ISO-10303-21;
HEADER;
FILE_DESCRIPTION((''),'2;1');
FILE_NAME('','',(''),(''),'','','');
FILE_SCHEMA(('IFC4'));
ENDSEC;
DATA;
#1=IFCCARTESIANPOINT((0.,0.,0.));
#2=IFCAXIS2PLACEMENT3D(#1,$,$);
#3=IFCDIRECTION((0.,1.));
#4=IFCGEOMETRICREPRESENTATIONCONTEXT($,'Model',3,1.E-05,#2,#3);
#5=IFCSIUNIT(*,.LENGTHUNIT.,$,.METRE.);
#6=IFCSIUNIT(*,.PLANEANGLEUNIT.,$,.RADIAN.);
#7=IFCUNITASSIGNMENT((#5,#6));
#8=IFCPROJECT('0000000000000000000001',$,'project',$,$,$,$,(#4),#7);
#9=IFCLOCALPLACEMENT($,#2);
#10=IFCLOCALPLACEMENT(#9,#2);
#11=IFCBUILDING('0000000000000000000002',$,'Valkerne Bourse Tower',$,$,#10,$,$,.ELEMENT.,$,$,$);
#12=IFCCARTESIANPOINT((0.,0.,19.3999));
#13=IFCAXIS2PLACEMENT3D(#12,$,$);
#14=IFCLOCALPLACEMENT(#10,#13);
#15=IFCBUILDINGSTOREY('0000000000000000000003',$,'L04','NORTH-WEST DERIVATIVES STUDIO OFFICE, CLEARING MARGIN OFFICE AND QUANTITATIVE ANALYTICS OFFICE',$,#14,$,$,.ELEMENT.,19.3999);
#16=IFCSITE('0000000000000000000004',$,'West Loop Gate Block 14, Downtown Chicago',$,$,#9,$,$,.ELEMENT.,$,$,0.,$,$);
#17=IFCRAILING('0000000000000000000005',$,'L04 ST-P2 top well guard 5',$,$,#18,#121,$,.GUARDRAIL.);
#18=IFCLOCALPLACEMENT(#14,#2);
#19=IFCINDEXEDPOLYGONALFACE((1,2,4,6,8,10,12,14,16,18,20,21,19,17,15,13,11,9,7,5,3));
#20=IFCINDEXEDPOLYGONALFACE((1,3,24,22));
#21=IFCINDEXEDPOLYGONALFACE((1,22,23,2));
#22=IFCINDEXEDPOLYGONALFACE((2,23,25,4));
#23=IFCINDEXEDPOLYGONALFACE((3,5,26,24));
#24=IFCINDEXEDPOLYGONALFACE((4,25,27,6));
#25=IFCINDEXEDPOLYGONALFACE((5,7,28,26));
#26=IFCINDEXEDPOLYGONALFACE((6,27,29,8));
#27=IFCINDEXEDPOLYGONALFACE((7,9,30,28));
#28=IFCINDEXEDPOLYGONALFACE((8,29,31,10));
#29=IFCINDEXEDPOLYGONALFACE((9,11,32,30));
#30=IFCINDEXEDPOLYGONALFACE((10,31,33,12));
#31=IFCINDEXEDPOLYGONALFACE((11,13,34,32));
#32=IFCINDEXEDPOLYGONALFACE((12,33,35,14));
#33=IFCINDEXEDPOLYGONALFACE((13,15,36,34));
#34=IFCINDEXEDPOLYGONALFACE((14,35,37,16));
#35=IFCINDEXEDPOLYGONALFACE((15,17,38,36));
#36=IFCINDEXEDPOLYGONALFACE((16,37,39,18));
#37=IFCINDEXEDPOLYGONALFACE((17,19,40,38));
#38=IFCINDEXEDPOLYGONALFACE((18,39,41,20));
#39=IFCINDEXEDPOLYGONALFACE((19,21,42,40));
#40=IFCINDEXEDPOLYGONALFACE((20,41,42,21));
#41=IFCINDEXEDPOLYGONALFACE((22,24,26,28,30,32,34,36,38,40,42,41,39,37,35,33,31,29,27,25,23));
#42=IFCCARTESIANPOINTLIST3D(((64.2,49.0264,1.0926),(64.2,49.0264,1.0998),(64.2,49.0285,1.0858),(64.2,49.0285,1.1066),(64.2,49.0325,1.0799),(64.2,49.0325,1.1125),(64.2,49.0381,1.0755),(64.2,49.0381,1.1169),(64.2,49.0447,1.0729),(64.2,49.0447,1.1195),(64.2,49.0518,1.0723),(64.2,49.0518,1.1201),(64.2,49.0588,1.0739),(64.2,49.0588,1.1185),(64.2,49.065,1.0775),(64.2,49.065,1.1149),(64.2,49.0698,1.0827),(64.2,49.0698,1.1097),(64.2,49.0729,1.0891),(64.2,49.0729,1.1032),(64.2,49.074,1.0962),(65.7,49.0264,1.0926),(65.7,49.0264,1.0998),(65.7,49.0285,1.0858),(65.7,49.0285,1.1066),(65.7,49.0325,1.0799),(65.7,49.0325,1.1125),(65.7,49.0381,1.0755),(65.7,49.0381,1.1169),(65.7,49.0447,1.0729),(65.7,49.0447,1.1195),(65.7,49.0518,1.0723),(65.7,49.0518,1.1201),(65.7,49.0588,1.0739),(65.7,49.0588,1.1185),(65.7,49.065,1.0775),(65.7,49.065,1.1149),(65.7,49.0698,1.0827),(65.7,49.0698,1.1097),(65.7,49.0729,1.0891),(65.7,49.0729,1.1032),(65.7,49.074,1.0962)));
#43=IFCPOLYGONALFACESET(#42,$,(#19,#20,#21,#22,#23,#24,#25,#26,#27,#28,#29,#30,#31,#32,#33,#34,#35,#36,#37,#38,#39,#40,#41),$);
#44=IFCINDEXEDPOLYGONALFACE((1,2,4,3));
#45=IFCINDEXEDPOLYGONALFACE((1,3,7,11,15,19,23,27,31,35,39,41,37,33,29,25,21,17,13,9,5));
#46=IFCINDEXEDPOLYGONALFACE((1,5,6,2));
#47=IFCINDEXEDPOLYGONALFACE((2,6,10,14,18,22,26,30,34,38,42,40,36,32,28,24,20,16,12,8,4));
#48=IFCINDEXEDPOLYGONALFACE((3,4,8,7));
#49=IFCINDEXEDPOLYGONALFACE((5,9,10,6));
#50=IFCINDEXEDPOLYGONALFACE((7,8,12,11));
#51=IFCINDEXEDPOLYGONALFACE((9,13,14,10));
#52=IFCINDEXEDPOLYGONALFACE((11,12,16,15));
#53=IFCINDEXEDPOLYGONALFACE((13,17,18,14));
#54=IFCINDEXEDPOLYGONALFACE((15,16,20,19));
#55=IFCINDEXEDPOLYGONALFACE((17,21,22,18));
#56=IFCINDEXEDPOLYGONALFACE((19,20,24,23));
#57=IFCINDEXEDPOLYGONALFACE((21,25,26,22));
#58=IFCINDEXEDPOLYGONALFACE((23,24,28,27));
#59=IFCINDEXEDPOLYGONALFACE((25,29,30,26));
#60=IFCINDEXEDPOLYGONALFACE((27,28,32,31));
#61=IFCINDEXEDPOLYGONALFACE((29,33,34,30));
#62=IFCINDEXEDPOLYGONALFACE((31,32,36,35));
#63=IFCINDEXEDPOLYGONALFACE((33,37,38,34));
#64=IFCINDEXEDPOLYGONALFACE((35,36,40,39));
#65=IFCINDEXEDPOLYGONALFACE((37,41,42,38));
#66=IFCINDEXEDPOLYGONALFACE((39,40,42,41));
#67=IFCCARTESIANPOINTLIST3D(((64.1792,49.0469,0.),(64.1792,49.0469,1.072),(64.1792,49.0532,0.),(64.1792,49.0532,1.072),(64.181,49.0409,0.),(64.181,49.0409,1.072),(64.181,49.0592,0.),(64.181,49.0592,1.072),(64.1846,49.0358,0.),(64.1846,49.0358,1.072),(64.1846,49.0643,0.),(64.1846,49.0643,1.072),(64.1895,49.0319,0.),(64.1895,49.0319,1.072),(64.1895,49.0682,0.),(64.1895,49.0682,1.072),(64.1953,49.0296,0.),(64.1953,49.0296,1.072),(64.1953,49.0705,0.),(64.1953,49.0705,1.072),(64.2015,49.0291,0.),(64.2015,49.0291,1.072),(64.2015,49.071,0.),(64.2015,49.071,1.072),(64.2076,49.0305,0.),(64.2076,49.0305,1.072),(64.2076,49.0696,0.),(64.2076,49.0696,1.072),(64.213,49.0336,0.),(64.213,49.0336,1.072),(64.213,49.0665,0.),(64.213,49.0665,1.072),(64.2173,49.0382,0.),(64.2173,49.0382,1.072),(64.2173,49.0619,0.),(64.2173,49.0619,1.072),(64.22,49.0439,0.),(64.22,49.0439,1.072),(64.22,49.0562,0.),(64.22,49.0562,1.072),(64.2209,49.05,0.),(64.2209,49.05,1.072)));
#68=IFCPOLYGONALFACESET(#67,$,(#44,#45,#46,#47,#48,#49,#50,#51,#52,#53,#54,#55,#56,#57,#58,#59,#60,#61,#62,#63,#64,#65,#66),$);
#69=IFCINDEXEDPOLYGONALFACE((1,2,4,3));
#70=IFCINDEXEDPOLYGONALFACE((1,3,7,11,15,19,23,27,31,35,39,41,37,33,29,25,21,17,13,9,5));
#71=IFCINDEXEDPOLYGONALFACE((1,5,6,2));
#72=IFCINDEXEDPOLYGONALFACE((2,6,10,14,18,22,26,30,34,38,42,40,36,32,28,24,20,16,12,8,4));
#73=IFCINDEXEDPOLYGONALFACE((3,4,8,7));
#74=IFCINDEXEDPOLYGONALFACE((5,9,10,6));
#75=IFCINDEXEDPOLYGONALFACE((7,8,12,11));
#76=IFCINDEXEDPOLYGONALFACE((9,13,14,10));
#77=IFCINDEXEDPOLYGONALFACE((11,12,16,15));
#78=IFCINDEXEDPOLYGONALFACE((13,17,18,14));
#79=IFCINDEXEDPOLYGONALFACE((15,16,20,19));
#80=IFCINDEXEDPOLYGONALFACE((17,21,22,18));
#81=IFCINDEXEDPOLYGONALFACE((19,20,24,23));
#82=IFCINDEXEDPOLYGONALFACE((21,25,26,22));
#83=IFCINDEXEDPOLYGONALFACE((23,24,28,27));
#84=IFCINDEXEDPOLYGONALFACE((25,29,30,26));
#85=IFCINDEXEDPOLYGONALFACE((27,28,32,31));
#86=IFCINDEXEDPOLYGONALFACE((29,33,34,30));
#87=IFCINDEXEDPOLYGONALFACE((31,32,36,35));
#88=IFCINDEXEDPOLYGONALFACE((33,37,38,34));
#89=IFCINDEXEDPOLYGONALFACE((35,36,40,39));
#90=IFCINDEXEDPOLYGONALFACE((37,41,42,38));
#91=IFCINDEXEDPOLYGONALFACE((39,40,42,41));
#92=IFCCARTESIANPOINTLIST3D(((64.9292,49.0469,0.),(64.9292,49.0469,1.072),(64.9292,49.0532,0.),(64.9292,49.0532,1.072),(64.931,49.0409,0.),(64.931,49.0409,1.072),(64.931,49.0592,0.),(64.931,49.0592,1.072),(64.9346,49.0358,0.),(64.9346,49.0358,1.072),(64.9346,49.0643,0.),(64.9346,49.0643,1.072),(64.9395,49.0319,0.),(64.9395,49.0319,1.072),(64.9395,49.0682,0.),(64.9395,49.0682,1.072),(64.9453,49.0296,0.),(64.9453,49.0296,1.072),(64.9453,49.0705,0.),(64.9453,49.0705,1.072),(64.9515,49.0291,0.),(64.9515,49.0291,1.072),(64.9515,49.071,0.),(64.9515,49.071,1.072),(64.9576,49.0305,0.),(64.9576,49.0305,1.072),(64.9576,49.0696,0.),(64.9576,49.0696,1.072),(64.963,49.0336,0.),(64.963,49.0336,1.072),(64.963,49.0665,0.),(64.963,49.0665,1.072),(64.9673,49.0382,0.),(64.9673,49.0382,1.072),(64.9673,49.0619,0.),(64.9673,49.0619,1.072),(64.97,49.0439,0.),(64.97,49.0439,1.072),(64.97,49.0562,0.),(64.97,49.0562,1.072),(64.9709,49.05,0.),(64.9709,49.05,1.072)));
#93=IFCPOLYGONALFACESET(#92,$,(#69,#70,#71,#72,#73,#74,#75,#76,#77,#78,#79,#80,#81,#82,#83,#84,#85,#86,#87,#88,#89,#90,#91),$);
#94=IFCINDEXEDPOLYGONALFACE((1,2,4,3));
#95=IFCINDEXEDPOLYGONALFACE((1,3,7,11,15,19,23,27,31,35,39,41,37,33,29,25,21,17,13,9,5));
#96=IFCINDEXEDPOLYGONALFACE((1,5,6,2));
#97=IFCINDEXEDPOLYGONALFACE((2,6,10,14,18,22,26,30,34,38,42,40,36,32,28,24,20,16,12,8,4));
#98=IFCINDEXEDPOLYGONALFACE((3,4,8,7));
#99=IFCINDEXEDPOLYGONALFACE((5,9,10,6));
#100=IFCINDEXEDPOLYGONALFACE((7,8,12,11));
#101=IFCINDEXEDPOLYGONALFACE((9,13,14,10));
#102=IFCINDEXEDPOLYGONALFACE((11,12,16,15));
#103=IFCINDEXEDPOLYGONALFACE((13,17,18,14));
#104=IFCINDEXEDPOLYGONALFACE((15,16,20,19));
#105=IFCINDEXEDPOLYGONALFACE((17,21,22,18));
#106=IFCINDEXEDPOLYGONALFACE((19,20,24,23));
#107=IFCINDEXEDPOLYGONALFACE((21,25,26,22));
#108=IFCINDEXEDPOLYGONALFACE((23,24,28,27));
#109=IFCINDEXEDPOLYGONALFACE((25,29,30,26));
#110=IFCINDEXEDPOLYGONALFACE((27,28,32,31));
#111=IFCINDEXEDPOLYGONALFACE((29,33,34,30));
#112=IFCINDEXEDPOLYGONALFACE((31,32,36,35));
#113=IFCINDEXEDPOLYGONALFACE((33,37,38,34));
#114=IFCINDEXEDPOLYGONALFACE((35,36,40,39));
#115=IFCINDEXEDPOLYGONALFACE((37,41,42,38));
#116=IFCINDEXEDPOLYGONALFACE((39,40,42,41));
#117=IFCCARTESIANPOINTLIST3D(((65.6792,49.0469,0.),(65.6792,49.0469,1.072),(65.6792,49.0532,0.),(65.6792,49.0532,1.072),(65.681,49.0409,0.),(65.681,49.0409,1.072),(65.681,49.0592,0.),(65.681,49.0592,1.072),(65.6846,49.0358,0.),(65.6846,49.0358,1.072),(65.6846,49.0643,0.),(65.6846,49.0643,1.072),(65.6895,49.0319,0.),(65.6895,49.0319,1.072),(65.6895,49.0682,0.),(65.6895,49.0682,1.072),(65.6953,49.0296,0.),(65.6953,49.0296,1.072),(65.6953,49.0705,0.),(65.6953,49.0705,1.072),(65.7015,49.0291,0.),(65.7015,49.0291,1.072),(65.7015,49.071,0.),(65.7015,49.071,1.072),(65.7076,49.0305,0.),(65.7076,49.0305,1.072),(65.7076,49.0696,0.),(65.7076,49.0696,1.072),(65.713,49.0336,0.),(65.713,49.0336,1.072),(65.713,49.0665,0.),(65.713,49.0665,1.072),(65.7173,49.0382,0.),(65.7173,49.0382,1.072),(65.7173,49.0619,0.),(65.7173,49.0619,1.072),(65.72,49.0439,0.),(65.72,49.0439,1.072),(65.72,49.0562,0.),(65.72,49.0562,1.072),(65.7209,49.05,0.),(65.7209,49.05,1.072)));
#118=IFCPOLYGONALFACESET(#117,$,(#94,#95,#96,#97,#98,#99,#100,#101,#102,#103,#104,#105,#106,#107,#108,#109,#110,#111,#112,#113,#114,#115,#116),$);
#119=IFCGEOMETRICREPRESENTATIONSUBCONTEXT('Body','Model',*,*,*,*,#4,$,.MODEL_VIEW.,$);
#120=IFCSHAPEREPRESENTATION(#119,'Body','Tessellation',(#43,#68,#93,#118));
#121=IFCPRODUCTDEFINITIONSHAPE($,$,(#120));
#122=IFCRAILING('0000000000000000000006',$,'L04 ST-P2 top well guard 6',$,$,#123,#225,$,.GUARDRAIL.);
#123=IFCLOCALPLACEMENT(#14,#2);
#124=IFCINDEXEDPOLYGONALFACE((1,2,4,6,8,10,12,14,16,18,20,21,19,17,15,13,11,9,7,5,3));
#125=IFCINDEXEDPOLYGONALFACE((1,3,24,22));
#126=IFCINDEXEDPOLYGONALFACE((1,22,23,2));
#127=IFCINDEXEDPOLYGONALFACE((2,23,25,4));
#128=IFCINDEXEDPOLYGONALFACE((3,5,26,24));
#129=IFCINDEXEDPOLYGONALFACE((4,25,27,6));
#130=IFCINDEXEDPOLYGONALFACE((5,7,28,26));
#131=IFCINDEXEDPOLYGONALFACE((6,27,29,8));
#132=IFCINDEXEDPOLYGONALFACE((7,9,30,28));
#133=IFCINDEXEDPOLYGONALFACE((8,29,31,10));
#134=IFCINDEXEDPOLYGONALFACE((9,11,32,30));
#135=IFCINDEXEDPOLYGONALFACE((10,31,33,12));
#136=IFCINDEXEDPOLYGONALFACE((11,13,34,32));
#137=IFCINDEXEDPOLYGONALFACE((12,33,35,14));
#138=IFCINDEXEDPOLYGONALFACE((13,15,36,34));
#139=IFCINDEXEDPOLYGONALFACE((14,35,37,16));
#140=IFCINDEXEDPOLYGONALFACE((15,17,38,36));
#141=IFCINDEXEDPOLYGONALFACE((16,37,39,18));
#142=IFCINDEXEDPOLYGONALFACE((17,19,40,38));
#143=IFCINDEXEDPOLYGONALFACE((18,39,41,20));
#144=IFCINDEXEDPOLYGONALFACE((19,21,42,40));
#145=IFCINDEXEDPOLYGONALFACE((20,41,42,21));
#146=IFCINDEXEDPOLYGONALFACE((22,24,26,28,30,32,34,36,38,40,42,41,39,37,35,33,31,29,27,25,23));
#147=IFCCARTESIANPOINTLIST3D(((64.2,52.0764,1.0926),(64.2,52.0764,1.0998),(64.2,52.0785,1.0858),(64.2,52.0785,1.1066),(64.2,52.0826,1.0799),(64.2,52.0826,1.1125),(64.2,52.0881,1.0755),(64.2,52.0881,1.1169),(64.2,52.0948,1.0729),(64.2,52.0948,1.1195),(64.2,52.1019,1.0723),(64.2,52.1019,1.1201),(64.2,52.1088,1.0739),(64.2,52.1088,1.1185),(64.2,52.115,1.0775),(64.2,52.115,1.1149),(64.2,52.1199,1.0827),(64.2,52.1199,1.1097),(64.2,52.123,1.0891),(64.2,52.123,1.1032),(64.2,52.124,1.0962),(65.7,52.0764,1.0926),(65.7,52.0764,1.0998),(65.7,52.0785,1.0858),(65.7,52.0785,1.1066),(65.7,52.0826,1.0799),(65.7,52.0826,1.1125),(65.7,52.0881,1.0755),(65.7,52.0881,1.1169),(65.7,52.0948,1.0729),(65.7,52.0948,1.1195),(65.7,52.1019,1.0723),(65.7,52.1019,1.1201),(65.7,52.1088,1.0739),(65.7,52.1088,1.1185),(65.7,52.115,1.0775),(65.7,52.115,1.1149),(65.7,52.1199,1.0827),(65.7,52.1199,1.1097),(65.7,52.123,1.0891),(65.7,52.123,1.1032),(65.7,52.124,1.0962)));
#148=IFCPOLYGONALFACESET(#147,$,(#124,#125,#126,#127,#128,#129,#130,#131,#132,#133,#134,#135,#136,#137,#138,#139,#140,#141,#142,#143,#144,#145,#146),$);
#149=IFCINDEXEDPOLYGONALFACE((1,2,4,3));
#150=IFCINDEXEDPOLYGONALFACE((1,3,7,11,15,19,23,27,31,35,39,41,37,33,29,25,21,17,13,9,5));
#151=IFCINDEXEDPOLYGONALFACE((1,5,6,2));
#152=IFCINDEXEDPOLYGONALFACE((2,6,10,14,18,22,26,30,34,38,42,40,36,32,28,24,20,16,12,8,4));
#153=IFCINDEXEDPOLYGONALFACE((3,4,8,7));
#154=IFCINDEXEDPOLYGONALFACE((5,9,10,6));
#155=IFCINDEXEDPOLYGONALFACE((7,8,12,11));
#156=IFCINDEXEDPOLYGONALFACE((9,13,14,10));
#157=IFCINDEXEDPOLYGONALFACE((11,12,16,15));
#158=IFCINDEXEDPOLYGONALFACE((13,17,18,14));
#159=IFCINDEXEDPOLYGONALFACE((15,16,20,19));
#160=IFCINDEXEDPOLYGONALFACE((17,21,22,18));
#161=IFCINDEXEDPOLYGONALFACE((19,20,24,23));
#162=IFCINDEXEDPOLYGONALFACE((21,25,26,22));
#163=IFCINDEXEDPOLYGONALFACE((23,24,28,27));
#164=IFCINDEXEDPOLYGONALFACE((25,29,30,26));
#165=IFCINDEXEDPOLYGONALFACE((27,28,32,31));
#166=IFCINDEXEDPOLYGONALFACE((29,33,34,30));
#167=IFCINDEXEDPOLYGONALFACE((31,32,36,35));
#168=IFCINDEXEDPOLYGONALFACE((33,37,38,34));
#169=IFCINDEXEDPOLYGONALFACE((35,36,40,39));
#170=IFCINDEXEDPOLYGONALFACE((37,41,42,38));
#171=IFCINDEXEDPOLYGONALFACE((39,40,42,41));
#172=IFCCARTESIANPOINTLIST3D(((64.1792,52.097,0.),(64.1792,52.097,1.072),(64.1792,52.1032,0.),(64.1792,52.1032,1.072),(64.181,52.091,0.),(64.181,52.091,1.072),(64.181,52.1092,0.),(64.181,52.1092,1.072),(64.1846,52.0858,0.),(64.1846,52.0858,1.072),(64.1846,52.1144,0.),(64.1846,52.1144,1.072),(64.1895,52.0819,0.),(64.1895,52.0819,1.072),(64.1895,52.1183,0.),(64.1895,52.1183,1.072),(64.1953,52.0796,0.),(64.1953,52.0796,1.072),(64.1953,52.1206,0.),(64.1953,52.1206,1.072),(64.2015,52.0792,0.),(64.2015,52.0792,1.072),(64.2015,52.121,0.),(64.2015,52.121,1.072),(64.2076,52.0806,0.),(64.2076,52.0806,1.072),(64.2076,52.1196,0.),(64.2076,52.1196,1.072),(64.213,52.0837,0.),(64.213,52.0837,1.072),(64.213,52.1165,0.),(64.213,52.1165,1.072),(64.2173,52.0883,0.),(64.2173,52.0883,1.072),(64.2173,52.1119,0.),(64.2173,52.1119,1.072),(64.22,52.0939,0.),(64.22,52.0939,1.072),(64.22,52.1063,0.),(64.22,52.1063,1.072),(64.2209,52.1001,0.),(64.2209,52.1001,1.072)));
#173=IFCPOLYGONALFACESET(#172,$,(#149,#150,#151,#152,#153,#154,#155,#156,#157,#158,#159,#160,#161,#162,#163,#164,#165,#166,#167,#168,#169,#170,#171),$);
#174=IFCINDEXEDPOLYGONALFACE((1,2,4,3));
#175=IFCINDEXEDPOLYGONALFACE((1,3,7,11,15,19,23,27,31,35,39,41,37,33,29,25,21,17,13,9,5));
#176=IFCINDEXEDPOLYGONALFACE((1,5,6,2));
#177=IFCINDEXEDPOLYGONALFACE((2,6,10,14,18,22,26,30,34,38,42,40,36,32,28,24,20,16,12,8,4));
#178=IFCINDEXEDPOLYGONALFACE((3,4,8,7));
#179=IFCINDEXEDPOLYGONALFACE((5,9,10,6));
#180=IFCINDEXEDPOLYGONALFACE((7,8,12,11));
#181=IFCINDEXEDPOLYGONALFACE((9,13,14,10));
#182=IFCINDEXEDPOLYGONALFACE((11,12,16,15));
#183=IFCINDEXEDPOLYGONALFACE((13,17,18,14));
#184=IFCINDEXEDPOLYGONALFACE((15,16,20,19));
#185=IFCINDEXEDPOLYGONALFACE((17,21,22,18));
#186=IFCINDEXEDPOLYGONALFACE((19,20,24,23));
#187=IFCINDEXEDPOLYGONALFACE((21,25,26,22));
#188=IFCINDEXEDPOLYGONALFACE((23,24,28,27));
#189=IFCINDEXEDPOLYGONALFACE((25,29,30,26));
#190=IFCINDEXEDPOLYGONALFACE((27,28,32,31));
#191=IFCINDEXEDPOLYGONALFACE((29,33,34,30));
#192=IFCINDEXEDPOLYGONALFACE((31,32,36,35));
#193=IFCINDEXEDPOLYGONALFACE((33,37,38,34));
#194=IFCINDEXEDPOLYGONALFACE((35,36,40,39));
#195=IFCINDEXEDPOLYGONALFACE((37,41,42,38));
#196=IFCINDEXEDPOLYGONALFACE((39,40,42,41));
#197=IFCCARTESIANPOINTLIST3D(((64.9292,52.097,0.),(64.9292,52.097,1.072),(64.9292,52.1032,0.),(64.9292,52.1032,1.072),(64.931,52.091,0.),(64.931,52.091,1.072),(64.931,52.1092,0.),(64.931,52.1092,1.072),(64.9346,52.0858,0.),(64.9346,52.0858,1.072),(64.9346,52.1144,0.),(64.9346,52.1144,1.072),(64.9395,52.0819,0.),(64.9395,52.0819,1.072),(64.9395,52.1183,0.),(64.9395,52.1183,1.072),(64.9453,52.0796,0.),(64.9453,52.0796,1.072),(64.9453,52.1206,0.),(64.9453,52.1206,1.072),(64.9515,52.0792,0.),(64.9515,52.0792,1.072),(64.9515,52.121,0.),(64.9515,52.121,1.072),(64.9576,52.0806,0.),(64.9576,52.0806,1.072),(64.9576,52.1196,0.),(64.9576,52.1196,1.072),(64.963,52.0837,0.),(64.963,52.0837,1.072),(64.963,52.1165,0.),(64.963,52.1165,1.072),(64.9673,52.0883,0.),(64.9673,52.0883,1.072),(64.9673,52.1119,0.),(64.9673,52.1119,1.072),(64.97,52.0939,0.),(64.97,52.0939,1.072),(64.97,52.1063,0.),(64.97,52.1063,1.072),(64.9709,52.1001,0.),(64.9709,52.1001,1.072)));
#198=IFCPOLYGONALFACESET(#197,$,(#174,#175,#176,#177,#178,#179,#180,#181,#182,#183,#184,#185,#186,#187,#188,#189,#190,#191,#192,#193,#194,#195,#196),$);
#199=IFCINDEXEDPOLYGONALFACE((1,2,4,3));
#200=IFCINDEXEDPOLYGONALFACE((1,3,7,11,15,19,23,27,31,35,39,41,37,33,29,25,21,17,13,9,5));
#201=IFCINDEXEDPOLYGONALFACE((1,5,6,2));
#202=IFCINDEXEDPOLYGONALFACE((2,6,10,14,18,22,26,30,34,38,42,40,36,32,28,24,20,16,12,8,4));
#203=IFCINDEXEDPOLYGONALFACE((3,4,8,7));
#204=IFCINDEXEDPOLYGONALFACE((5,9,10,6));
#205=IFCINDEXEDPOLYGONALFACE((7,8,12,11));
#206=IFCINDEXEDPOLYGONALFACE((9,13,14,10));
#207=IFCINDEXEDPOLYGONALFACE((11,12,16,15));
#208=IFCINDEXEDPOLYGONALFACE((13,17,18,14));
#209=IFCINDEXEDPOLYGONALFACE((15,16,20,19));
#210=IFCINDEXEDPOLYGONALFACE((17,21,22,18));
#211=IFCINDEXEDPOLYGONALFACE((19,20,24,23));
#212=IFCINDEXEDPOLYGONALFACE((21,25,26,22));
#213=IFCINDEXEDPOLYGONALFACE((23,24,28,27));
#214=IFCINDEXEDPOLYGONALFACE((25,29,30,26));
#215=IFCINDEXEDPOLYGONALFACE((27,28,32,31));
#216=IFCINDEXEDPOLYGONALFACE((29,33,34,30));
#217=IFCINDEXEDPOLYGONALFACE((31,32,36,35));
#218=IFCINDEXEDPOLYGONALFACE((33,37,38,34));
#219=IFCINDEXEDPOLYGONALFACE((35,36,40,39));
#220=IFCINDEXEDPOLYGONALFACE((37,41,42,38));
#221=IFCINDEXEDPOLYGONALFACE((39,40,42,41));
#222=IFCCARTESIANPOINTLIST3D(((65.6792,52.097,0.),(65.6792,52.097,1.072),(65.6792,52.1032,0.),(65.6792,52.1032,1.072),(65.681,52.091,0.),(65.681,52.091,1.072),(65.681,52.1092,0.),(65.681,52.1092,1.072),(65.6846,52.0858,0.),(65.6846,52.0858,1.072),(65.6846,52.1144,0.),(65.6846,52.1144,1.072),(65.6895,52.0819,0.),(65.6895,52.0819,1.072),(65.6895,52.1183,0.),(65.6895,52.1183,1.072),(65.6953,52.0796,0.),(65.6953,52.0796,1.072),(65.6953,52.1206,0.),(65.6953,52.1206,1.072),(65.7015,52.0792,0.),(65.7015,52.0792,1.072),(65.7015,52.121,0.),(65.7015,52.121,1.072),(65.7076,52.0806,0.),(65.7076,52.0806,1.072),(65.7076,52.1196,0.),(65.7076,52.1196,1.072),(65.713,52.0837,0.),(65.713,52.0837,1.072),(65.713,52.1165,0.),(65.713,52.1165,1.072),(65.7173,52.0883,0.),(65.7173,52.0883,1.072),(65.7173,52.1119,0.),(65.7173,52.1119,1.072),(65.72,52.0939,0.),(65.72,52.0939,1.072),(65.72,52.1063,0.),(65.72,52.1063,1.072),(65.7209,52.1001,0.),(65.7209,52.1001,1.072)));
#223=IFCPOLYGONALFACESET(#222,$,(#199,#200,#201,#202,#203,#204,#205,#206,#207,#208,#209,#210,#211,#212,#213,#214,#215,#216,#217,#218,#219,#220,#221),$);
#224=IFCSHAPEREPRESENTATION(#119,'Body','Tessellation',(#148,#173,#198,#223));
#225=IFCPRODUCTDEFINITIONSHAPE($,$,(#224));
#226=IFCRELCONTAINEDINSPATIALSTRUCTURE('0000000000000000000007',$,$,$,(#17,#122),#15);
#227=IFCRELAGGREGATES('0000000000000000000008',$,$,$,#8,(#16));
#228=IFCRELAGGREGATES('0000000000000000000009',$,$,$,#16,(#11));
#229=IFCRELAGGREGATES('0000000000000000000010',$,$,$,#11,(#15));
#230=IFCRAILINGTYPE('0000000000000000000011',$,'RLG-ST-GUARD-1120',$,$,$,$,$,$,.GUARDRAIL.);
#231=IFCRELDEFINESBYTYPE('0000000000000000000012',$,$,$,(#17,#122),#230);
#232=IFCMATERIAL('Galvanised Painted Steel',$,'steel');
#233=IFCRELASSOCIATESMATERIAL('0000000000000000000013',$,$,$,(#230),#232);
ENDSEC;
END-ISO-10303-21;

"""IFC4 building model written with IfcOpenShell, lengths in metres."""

from ifc_helpers import new_model, si_unit, direction, frame, origin, origin_2d, place, context, subcontext, project, spatial, circle, extrude, material, type_object, element, save


model = new_model("IFC4")

# Units and contexts
model_context = context("Model", 3, precision=1e-05, world=origin(), true_north=direction((0.0, 1.0)))
body_context = subcontext(model_context, "Body", "Model", "MODEL_VIEW")
ifc_project = project(units=[si_unit("LENGTHUNIT", "METRE"), si_unit("PLANEANGLEUNIT", "RADIAN")], contexts=[model_context])

# Site, building, storey
site_placement = place(None, origin())
site = spatial("IfcSite", under=ifc_project, at=site_placement, Name="West Loop Gate Block 14, Downtown Chicago", CompositionType="ELEMENT", RefElevation=0.0)
building_placement = place(site_placement, origin())
building = spatial("IfcBuilding", under=site, at=building_placement, Name="Valkerne Bourse Tower", CompositionType="ELEMENT")
storey_placement = place(building_placement, frame((0.0, 0.0, 19.3999)))
storey = spatial("IfcBuildingStorey", under=building, at=storey_placement, Name="L04", Description="NORTH-WEST DERIVATIVES STUDIO OFFICE, CLEARING MARGIN OFFICE AND QUANTITATIVE ANALYTICS OFFICE", CompositionType="ELEMENT", Elevation=19.3999)

# Shared definitions
ifc_material_1 = material(Name="Galvanised Painted Steel", Category="steel")

# Railings
railing_type_1 = type_object("IfcRailingType", Name="RLG-ST-GUARD-1120", PredefinedType="GUARDRAIL", material=ifc_material_1)
for number, where, name in (
    (1, (64.2, 49.05, 0.0), "L04 ST-P2 top well guard 5"),
    (2, (64.2, 52.1001, 0.0), "L04 ST-P2 top well guard 6"),
):
    element("IfcRailing", number, at=place(storey_placement, frame(where)), inside=storey, type_object=railing_type_1, Name=name, PredefinedType="GUARDRAIL", context=body_context, shape_type="SweptSolid", body=[
        extrude(circle(Radius=0.0239, at=origin_2d()), frame((0.0, 0.0, 1.0962), z_axis=(1.0, 0.0, 0.0), x_axis=(0.0, 1.0, 0.0)), (0.0, 0.0, 1.0), 1.5),
        extrude(circle(Radius=0.021, at=origin_2d()), origin(), (0.0, 0.0, 1.0), 1.072),
        extrude(circle(Radius=0.021, at=origin_2d()), frame((0.75, 0.0, 0.0)), (0.0, 0.0, 1.0), 1.072),
        extrude(circle(Radius=0.021, at=origin_2d()), frame((1.5, 0.0, 0.0)), (0.0, 0.0, 1.0), 1.072),
    ])

save(model, "model.ifc")
